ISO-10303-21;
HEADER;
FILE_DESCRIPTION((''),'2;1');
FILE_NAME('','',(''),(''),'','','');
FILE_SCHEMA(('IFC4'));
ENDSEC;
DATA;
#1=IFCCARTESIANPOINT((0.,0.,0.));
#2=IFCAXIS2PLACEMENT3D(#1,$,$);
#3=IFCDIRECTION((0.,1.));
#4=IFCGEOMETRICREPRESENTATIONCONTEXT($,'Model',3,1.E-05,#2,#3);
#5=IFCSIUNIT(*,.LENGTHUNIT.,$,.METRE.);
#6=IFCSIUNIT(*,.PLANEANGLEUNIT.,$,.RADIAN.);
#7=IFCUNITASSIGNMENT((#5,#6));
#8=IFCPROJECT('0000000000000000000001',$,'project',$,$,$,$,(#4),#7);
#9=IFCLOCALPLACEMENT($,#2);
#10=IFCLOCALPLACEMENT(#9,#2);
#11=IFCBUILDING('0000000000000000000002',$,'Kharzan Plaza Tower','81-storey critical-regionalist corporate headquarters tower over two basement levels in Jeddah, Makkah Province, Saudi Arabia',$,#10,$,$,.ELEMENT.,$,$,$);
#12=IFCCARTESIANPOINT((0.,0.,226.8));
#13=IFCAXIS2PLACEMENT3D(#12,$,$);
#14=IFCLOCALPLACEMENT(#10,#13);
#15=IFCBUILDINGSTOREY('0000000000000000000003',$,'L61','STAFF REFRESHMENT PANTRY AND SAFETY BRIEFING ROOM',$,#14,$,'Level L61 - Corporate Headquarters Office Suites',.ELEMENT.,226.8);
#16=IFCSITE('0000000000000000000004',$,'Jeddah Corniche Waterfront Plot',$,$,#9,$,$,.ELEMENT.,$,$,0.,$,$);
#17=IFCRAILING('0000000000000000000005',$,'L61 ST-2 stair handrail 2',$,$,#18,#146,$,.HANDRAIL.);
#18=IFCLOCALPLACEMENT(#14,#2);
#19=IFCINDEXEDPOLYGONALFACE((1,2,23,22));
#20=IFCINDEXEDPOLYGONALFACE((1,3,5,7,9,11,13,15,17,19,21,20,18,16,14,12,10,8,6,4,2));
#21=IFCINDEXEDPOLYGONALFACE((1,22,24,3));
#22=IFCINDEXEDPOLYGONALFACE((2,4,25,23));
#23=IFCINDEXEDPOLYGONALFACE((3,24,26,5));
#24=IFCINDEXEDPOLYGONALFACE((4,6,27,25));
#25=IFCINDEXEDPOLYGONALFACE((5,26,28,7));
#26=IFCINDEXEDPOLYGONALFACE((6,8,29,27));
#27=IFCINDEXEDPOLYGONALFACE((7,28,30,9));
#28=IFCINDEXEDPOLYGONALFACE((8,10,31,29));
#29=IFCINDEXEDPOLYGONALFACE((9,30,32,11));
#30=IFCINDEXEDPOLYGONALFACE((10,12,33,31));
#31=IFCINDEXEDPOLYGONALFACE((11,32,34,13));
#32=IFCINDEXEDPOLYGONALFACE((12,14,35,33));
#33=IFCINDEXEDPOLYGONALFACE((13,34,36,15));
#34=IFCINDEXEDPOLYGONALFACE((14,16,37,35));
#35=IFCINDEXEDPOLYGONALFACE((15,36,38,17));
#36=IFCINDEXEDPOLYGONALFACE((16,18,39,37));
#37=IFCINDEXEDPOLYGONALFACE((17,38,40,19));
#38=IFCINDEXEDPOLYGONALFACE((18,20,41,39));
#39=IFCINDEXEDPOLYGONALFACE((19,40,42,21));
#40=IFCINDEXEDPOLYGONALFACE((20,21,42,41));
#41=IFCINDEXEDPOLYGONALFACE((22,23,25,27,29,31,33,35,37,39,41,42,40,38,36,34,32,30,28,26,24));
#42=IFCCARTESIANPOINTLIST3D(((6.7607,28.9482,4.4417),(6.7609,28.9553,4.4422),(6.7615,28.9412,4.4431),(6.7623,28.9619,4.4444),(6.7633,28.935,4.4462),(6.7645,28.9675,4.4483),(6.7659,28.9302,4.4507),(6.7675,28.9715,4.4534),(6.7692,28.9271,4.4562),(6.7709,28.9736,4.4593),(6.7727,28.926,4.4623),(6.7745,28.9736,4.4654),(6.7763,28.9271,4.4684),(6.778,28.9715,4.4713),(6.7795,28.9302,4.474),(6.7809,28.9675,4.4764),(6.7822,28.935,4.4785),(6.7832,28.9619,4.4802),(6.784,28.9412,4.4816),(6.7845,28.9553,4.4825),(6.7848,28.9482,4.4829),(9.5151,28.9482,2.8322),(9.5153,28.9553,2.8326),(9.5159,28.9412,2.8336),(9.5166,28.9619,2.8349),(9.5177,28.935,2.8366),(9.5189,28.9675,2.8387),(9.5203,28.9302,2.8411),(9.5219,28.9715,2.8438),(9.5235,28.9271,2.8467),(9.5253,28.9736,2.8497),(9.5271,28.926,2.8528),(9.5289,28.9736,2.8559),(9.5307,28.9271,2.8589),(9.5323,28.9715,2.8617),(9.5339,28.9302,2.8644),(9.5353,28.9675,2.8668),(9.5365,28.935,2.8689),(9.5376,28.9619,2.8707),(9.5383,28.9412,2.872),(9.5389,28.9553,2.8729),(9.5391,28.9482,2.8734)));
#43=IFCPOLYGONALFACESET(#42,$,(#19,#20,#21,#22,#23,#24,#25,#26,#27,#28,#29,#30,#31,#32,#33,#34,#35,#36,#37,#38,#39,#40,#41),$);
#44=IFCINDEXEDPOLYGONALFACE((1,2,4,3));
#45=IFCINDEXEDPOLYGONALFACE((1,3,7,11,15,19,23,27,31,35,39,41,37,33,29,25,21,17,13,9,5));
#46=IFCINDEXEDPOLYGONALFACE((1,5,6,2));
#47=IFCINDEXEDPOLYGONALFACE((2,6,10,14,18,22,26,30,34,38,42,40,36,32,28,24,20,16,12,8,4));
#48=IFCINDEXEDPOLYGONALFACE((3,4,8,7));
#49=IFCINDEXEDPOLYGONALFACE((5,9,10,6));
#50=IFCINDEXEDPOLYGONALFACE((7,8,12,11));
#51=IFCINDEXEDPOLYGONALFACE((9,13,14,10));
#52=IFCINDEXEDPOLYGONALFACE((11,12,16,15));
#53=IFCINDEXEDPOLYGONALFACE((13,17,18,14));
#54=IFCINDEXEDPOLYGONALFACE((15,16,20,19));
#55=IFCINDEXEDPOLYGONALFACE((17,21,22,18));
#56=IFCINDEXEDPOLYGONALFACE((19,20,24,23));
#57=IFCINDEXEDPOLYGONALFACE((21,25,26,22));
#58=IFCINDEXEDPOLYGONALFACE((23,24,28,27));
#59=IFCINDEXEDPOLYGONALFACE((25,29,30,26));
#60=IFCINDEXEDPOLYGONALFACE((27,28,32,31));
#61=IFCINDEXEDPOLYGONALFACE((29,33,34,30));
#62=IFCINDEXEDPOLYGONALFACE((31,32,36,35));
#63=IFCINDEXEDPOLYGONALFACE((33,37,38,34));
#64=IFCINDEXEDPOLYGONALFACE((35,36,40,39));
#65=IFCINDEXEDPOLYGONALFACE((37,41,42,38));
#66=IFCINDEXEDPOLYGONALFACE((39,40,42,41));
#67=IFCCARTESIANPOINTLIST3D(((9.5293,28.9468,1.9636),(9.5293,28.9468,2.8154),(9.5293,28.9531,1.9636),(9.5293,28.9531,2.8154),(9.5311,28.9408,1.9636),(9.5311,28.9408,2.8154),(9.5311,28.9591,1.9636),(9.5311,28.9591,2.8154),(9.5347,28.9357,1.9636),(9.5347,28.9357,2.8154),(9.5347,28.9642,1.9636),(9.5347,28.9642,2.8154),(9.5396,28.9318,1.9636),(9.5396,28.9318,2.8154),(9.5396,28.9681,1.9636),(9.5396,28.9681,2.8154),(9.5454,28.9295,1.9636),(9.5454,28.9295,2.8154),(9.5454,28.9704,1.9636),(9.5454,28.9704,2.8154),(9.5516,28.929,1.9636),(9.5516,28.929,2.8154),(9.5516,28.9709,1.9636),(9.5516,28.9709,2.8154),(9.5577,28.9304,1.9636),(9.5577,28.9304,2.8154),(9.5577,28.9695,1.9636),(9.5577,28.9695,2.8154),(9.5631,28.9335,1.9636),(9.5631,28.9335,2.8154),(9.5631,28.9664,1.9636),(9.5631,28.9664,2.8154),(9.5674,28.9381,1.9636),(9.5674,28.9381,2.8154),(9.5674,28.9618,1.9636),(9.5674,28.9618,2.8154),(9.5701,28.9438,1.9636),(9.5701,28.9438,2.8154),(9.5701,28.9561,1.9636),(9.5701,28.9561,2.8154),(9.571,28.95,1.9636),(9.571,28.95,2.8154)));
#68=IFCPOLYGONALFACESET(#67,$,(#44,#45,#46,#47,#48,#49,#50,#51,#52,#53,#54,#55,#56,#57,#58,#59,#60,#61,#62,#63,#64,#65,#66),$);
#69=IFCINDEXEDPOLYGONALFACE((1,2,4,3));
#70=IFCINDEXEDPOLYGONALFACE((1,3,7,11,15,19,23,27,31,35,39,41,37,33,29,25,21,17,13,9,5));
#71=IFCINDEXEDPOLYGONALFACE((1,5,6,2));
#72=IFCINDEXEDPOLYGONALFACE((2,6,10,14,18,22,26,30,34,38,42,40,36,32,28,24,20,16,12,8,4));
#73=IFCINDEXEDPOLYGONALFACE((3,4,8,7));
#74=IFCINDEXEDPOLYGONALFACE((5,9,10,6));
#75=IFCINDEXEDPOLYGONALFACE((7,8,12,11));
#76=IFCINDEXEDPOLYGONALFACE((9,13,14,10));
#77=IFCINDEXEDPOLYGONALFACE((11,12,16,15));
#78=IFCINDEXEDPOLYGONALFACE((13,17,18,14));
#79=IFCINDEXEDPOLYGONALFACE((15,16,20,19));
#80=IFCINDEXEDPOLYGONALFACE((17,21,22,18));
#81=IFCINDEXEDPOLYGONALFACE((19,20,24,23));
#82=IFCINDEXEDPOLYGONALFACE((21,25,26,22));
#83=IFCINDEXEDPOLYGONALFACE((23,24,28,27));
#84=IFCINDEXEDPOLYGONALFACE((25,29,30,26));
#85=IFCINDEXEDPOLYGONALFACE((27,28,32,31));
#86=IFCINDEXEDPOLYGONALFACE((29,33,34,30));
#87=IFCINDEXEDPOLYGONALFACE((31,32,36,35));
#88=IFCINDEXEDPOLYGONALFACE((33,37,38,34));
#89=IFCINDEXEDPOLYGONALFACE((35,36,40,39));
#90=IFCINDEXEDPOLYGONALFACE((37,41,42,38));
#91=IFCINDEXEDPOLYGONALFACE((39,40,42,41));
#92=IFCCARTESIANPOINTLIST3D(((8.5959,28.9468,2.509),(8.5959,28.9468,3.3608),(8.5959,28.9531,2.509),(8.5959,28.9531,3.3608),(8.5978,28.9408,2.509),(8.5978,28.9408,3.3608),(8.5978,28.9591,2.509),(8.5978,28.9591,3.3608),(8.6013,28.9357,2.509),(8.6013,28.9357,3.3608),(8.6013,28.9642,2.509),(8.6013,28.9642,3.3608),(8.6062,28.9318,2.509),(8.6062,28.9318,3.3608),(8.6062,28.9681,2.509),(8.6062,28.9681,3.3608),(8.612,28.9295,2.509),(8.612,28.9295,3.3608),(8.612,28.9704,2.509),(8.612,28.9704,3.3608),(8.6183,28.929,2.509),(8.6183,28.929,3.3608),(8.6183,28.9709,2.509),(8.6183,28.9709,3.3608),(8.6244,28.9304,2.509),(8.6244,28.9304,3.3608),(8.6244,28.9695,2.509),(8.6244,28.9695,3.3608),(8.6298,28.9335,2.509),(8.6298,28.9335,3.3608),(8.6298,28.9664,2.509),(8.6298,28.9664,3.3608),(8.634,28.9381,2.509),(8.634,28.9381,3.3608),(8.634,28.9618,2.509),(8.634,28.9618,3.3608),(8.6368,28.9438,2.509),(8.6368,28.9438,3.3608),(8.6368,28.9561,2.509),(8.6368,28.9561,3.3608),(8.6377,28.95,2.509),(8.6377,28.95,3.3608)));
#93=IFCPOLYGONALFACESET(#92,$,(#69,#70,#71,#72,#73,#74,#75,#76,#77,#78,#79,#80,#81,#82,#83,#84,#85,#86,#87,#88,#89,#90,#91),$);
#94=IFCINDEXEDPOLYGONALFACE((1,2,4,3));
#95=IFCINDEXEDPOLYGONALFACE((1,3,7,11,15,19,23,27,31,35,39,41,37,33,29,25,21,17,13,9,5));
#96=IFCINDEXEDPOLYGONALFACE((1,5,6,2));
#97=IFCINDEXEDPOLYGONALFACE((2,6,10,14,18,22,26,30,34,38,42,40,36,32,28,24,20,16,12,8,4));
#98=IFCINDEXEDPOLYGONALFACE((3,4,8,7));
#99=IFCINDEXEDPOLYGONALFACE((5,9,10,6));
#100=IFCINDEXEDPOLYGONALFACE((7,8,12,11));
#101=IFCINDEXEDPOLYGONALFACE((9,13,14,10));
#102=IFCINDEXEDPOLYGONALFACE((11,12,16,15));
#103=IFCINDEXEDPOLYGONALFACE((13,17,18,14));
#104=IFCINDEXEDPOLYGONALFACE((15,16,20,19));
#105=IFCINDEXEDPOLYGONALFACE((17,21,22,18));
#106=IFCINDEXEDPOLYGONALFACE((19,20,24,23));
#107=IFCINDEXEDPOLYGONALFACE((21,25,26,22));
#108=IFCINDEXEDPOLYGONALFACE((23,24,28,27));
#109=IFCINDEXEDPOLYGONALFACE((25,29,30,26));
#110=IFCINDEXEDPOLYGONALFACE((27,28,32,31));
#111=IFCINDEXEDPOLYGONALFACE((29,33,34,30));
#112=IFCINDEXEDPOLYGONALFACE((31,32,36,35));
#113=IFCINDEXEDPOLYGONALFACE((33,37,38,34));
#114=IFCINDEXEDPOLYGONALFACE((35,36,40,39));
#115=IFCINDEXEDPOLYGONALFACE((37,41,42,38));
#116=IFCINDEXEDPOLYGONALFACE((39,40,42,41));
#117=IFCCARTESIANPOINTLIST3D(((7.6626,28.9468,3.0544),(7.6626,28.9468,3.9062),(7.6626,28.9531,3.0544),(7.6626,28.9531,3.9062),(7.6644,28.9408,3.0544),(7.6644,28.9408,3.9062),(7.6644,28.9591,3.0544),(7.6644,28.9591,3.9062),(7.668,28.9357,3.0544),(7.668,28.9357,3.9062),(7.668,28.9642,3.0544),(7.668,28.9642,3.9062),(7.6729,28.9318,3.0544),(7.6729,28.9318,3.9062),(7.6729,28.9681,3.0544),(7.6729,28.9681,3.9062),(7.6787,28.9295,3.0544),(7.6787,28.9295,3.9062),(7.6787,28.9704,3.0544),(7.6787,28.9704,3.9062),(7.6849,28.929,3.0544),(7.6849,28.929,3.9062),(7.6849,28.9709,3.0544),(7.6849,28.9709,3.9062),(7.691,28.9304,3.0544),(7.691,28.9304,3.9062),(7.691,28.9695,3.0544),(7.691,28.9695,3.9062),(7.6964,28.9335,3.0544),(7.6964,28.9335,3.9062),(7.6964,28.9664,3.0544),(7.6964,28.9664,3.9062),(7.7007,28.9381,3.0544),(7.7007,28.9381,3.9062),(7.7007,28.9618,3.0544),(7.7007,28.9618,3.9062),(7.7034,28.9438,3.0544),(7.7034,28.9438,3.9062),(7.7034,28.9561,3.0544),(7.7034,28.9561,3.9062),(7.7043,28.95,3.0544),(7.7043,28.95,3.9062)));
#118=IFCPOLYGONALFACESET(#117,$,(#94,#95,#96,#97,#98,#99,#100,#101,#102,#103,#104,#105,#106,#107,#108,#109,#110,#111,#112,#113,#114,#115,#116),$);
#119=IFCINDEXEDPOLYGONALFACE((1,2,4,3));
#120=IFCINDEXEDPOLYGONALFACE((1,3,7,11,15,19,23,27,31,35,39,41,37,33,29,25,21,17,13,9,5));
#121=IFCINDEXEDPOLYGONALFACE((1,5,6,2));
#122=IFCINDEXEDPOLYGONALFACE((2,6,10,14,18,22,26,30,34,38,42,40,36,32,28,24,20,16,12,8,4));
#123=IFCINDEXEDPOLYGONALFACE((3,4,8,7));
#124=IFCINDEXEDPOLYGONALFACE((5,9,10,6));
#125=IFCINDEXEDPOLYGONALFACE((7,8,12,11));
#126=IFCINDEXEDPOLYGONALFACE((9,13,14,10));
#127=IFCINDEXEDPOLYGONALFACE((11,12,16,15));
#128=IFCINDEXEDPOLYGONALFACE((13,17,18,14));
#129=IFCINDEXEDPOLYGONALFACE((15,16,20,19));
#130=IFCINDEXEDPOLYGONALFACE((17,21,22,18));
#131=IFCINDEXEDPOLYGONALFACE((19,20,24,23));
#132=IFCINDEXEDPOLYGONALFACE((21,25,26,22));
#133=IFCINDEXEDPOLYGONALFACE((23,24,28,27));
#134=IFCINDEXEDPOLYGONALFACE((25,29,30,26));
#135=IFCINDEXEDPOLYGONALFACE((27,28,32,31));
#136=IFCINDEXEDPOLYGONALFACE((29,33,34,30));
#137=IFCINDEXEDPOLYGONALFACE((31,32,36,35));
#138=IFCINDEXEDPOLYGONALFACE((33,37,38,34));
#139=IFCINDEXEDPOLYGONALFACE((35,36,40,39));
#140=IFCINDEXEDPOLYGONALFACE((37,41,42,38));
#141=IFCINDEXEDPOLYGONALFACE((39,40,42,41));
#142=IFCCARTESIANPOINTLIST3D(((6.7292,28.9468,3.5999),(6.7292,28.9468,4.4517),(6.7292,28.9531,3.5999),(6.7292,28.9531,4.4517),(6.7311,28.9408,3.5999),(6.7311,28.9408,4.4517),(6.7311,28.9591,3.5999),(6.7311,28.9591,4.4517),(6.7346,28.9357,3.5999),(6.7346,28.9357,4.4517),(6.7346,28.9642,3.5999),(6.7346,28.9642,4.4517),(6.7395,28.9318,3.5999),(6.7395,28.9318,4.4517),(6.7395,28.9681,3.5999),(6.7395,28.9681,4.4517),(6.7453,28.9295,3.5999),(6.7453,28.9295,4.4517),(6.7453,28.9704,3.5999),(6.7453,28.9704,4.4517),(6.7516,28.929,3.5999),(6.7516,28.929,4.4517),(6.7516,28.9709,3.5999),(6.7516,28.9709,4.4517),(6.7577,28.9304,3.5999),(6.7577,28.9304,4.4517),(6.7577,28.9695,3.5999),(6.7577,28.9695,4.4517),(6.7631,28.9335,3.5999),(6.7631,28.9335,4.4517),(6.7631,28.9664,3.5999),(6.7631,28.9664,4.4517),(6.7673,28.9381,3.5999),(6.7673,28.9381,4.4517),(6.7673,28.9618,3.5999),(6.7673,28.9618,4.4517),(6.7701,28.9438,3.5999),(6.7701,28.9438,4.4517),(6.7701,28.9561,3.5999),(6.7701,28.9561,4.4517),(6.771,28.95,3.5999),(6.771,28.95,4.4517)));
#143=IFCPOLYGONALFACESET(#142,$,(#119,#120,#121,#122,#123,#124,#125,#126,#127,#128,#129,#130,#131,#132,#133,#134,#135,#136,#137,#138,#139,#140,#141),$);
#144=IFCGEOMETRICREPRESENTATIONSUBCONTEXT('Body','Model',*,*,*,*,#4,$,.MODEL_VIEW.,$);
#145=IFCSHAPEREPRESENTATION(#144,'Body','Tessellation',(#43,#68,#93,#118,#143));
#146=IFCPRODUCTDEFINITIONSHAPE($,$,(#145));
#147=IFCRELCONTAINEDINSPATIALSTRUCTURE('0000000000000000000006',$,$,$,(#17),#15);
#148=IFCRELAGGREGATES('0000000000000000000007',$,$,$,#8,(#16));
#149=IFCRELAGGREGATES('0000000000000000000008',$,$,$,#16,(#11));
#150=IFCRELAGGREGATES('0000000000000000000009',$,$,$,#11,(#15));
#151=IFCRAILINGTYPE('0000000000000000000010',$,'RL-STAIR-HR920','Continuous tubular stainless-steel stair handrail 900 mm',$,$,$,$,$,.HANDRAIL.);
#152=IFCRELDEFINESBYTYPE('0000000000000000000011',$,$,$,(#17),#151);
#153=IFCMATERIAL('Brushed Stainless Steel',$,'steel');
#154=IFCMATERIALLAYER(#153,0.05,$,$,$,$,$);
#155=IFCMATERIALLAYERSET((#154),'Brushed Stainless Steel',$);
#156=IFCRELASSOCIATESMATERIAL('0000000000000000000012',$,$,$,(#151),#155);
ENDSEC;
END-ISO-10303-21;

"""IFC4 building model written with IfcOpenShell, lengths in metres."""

from ifc_helpers import new_model, si_unit, direction, frame, origin, origin_2d, place, context, subcontext, project, spatial, circle, extrude, source, transform, mapped, material, layer, layer_set, type_object, element, save


model = new_model("IFC4")

# Units and contexts
model_context = context("Model", 3, precision=1e-05, world=origin(), true_north=direction((0.0, 1.0)))
body_context = subcontext(model_context, "Body", "Model", "MODEL_VIEW")
ifc_project = project(units=[si_unit("LENGTHUNIT", "METRE"), si_unit("PLANEANGLEUNIT", "RADIAN")], contexts=[model_context])

# Site, building, storey
site_placement = place(None, origin())
site = spatial("IfcSite", under=ifc_project, at=site_placement, Name="Jeddah Corniche Waterfront Plot", CompositionType="ELEMENT", RefElevation=0.0)
building_placement = place(site_placement, origin())
building = spatial("IfcBuilding", under=site, at=building_placement, Name="Kharzan Plaza Tower", Description="81-storey critical-regionalist corporate headquarters tower over two basement levels in Jeddah, Makkah Province, Saudi Arabia", CompositionType="ELEMENT")
storey_placement = place(building_placement, frame((0.0, 0.0, 226.8)))
storey = spatial("IfcBuildingStorey", under=building, at=storey_placement, Name="L61", Description="STAFF REFRESHMENT PANTRY AND SAFETY BRIEFING ROOM", LongName="Level L61 - Corporate Headquarters Office Suites", CompositionType="ELEMENT", Elevation=226.8)

# Railing
ifc_material_1 = material(Name="Brushed Stainless Steel", Category="steel")
ifc_layer_1 = layer(ifc_material_1, 0.05)
ifc_layer_set_1 = layer_set([ifc_layer_1], Name="Brushed Stainless Steel")
railing_type_1 = type_object("IfcRailingType", Name="RL-STAIR-HR920", Description="Continuous tubular stainless-steel stair handrail 900 mm", PredefinedType="HANDRAIL", material=ifc_layer_set_1)
shared_shape_1 = source(origin(), body_context, "Body", "SweptSolid", [
    extrude(circle(Radius=0.0239, at=origin_2d()), frame((-0.0229, 0.0, 0.8892), z_axis=(-0.863394, 0.0, 0.504531), x_axis=(0.0, -1.0, 0.0)), (0.0, 0.0, 1.0), 3.1902),
    extrude(circle(Radius=0.021, at=origin_2d()), origin(), (0.0, 0.0, 1.0), 0.8518),
    extrude(circle(Radius=0.021, at=origin_2d()), frame((-0.9333, 0.0, 0.5454)), (0.0, 0.0, 1.0), 0.8518),
    extrude(circle(Radius=0.021, at=origin_2d()), frame((-1.8667, 0.0, 1.0908)), (0.0, 0.0, 1.0), 0.8518),
    extrude(circle(Radius=0.021, at=origin_2d()), frame((-2.8, 0.0, 1.6362)), (0.0, 0.0, 1.0), 0.8518),
])
railing_1_placement = place(storey_placement, frame((9.55, 28.95, 1.9636)))
element("IfcRailing", 1, at=railing_1_placement, inside=storey, type_object=railing_type_1, Name="L61 ST-2 stair handrail 2", PredefinedType="HANDRAIL", context=body_context, shape_type="MappedRepresentation", body=[
    mapped(shared_shape_1, transform((0.0, 0.0, 0.0), x_axis=(1.0, 0.0, 0.0), y_axis=(0.0, 1.0, 0.0), z_axis=(0.0, 0.0, 1.0))),
])

save(model, "model.ifc")
